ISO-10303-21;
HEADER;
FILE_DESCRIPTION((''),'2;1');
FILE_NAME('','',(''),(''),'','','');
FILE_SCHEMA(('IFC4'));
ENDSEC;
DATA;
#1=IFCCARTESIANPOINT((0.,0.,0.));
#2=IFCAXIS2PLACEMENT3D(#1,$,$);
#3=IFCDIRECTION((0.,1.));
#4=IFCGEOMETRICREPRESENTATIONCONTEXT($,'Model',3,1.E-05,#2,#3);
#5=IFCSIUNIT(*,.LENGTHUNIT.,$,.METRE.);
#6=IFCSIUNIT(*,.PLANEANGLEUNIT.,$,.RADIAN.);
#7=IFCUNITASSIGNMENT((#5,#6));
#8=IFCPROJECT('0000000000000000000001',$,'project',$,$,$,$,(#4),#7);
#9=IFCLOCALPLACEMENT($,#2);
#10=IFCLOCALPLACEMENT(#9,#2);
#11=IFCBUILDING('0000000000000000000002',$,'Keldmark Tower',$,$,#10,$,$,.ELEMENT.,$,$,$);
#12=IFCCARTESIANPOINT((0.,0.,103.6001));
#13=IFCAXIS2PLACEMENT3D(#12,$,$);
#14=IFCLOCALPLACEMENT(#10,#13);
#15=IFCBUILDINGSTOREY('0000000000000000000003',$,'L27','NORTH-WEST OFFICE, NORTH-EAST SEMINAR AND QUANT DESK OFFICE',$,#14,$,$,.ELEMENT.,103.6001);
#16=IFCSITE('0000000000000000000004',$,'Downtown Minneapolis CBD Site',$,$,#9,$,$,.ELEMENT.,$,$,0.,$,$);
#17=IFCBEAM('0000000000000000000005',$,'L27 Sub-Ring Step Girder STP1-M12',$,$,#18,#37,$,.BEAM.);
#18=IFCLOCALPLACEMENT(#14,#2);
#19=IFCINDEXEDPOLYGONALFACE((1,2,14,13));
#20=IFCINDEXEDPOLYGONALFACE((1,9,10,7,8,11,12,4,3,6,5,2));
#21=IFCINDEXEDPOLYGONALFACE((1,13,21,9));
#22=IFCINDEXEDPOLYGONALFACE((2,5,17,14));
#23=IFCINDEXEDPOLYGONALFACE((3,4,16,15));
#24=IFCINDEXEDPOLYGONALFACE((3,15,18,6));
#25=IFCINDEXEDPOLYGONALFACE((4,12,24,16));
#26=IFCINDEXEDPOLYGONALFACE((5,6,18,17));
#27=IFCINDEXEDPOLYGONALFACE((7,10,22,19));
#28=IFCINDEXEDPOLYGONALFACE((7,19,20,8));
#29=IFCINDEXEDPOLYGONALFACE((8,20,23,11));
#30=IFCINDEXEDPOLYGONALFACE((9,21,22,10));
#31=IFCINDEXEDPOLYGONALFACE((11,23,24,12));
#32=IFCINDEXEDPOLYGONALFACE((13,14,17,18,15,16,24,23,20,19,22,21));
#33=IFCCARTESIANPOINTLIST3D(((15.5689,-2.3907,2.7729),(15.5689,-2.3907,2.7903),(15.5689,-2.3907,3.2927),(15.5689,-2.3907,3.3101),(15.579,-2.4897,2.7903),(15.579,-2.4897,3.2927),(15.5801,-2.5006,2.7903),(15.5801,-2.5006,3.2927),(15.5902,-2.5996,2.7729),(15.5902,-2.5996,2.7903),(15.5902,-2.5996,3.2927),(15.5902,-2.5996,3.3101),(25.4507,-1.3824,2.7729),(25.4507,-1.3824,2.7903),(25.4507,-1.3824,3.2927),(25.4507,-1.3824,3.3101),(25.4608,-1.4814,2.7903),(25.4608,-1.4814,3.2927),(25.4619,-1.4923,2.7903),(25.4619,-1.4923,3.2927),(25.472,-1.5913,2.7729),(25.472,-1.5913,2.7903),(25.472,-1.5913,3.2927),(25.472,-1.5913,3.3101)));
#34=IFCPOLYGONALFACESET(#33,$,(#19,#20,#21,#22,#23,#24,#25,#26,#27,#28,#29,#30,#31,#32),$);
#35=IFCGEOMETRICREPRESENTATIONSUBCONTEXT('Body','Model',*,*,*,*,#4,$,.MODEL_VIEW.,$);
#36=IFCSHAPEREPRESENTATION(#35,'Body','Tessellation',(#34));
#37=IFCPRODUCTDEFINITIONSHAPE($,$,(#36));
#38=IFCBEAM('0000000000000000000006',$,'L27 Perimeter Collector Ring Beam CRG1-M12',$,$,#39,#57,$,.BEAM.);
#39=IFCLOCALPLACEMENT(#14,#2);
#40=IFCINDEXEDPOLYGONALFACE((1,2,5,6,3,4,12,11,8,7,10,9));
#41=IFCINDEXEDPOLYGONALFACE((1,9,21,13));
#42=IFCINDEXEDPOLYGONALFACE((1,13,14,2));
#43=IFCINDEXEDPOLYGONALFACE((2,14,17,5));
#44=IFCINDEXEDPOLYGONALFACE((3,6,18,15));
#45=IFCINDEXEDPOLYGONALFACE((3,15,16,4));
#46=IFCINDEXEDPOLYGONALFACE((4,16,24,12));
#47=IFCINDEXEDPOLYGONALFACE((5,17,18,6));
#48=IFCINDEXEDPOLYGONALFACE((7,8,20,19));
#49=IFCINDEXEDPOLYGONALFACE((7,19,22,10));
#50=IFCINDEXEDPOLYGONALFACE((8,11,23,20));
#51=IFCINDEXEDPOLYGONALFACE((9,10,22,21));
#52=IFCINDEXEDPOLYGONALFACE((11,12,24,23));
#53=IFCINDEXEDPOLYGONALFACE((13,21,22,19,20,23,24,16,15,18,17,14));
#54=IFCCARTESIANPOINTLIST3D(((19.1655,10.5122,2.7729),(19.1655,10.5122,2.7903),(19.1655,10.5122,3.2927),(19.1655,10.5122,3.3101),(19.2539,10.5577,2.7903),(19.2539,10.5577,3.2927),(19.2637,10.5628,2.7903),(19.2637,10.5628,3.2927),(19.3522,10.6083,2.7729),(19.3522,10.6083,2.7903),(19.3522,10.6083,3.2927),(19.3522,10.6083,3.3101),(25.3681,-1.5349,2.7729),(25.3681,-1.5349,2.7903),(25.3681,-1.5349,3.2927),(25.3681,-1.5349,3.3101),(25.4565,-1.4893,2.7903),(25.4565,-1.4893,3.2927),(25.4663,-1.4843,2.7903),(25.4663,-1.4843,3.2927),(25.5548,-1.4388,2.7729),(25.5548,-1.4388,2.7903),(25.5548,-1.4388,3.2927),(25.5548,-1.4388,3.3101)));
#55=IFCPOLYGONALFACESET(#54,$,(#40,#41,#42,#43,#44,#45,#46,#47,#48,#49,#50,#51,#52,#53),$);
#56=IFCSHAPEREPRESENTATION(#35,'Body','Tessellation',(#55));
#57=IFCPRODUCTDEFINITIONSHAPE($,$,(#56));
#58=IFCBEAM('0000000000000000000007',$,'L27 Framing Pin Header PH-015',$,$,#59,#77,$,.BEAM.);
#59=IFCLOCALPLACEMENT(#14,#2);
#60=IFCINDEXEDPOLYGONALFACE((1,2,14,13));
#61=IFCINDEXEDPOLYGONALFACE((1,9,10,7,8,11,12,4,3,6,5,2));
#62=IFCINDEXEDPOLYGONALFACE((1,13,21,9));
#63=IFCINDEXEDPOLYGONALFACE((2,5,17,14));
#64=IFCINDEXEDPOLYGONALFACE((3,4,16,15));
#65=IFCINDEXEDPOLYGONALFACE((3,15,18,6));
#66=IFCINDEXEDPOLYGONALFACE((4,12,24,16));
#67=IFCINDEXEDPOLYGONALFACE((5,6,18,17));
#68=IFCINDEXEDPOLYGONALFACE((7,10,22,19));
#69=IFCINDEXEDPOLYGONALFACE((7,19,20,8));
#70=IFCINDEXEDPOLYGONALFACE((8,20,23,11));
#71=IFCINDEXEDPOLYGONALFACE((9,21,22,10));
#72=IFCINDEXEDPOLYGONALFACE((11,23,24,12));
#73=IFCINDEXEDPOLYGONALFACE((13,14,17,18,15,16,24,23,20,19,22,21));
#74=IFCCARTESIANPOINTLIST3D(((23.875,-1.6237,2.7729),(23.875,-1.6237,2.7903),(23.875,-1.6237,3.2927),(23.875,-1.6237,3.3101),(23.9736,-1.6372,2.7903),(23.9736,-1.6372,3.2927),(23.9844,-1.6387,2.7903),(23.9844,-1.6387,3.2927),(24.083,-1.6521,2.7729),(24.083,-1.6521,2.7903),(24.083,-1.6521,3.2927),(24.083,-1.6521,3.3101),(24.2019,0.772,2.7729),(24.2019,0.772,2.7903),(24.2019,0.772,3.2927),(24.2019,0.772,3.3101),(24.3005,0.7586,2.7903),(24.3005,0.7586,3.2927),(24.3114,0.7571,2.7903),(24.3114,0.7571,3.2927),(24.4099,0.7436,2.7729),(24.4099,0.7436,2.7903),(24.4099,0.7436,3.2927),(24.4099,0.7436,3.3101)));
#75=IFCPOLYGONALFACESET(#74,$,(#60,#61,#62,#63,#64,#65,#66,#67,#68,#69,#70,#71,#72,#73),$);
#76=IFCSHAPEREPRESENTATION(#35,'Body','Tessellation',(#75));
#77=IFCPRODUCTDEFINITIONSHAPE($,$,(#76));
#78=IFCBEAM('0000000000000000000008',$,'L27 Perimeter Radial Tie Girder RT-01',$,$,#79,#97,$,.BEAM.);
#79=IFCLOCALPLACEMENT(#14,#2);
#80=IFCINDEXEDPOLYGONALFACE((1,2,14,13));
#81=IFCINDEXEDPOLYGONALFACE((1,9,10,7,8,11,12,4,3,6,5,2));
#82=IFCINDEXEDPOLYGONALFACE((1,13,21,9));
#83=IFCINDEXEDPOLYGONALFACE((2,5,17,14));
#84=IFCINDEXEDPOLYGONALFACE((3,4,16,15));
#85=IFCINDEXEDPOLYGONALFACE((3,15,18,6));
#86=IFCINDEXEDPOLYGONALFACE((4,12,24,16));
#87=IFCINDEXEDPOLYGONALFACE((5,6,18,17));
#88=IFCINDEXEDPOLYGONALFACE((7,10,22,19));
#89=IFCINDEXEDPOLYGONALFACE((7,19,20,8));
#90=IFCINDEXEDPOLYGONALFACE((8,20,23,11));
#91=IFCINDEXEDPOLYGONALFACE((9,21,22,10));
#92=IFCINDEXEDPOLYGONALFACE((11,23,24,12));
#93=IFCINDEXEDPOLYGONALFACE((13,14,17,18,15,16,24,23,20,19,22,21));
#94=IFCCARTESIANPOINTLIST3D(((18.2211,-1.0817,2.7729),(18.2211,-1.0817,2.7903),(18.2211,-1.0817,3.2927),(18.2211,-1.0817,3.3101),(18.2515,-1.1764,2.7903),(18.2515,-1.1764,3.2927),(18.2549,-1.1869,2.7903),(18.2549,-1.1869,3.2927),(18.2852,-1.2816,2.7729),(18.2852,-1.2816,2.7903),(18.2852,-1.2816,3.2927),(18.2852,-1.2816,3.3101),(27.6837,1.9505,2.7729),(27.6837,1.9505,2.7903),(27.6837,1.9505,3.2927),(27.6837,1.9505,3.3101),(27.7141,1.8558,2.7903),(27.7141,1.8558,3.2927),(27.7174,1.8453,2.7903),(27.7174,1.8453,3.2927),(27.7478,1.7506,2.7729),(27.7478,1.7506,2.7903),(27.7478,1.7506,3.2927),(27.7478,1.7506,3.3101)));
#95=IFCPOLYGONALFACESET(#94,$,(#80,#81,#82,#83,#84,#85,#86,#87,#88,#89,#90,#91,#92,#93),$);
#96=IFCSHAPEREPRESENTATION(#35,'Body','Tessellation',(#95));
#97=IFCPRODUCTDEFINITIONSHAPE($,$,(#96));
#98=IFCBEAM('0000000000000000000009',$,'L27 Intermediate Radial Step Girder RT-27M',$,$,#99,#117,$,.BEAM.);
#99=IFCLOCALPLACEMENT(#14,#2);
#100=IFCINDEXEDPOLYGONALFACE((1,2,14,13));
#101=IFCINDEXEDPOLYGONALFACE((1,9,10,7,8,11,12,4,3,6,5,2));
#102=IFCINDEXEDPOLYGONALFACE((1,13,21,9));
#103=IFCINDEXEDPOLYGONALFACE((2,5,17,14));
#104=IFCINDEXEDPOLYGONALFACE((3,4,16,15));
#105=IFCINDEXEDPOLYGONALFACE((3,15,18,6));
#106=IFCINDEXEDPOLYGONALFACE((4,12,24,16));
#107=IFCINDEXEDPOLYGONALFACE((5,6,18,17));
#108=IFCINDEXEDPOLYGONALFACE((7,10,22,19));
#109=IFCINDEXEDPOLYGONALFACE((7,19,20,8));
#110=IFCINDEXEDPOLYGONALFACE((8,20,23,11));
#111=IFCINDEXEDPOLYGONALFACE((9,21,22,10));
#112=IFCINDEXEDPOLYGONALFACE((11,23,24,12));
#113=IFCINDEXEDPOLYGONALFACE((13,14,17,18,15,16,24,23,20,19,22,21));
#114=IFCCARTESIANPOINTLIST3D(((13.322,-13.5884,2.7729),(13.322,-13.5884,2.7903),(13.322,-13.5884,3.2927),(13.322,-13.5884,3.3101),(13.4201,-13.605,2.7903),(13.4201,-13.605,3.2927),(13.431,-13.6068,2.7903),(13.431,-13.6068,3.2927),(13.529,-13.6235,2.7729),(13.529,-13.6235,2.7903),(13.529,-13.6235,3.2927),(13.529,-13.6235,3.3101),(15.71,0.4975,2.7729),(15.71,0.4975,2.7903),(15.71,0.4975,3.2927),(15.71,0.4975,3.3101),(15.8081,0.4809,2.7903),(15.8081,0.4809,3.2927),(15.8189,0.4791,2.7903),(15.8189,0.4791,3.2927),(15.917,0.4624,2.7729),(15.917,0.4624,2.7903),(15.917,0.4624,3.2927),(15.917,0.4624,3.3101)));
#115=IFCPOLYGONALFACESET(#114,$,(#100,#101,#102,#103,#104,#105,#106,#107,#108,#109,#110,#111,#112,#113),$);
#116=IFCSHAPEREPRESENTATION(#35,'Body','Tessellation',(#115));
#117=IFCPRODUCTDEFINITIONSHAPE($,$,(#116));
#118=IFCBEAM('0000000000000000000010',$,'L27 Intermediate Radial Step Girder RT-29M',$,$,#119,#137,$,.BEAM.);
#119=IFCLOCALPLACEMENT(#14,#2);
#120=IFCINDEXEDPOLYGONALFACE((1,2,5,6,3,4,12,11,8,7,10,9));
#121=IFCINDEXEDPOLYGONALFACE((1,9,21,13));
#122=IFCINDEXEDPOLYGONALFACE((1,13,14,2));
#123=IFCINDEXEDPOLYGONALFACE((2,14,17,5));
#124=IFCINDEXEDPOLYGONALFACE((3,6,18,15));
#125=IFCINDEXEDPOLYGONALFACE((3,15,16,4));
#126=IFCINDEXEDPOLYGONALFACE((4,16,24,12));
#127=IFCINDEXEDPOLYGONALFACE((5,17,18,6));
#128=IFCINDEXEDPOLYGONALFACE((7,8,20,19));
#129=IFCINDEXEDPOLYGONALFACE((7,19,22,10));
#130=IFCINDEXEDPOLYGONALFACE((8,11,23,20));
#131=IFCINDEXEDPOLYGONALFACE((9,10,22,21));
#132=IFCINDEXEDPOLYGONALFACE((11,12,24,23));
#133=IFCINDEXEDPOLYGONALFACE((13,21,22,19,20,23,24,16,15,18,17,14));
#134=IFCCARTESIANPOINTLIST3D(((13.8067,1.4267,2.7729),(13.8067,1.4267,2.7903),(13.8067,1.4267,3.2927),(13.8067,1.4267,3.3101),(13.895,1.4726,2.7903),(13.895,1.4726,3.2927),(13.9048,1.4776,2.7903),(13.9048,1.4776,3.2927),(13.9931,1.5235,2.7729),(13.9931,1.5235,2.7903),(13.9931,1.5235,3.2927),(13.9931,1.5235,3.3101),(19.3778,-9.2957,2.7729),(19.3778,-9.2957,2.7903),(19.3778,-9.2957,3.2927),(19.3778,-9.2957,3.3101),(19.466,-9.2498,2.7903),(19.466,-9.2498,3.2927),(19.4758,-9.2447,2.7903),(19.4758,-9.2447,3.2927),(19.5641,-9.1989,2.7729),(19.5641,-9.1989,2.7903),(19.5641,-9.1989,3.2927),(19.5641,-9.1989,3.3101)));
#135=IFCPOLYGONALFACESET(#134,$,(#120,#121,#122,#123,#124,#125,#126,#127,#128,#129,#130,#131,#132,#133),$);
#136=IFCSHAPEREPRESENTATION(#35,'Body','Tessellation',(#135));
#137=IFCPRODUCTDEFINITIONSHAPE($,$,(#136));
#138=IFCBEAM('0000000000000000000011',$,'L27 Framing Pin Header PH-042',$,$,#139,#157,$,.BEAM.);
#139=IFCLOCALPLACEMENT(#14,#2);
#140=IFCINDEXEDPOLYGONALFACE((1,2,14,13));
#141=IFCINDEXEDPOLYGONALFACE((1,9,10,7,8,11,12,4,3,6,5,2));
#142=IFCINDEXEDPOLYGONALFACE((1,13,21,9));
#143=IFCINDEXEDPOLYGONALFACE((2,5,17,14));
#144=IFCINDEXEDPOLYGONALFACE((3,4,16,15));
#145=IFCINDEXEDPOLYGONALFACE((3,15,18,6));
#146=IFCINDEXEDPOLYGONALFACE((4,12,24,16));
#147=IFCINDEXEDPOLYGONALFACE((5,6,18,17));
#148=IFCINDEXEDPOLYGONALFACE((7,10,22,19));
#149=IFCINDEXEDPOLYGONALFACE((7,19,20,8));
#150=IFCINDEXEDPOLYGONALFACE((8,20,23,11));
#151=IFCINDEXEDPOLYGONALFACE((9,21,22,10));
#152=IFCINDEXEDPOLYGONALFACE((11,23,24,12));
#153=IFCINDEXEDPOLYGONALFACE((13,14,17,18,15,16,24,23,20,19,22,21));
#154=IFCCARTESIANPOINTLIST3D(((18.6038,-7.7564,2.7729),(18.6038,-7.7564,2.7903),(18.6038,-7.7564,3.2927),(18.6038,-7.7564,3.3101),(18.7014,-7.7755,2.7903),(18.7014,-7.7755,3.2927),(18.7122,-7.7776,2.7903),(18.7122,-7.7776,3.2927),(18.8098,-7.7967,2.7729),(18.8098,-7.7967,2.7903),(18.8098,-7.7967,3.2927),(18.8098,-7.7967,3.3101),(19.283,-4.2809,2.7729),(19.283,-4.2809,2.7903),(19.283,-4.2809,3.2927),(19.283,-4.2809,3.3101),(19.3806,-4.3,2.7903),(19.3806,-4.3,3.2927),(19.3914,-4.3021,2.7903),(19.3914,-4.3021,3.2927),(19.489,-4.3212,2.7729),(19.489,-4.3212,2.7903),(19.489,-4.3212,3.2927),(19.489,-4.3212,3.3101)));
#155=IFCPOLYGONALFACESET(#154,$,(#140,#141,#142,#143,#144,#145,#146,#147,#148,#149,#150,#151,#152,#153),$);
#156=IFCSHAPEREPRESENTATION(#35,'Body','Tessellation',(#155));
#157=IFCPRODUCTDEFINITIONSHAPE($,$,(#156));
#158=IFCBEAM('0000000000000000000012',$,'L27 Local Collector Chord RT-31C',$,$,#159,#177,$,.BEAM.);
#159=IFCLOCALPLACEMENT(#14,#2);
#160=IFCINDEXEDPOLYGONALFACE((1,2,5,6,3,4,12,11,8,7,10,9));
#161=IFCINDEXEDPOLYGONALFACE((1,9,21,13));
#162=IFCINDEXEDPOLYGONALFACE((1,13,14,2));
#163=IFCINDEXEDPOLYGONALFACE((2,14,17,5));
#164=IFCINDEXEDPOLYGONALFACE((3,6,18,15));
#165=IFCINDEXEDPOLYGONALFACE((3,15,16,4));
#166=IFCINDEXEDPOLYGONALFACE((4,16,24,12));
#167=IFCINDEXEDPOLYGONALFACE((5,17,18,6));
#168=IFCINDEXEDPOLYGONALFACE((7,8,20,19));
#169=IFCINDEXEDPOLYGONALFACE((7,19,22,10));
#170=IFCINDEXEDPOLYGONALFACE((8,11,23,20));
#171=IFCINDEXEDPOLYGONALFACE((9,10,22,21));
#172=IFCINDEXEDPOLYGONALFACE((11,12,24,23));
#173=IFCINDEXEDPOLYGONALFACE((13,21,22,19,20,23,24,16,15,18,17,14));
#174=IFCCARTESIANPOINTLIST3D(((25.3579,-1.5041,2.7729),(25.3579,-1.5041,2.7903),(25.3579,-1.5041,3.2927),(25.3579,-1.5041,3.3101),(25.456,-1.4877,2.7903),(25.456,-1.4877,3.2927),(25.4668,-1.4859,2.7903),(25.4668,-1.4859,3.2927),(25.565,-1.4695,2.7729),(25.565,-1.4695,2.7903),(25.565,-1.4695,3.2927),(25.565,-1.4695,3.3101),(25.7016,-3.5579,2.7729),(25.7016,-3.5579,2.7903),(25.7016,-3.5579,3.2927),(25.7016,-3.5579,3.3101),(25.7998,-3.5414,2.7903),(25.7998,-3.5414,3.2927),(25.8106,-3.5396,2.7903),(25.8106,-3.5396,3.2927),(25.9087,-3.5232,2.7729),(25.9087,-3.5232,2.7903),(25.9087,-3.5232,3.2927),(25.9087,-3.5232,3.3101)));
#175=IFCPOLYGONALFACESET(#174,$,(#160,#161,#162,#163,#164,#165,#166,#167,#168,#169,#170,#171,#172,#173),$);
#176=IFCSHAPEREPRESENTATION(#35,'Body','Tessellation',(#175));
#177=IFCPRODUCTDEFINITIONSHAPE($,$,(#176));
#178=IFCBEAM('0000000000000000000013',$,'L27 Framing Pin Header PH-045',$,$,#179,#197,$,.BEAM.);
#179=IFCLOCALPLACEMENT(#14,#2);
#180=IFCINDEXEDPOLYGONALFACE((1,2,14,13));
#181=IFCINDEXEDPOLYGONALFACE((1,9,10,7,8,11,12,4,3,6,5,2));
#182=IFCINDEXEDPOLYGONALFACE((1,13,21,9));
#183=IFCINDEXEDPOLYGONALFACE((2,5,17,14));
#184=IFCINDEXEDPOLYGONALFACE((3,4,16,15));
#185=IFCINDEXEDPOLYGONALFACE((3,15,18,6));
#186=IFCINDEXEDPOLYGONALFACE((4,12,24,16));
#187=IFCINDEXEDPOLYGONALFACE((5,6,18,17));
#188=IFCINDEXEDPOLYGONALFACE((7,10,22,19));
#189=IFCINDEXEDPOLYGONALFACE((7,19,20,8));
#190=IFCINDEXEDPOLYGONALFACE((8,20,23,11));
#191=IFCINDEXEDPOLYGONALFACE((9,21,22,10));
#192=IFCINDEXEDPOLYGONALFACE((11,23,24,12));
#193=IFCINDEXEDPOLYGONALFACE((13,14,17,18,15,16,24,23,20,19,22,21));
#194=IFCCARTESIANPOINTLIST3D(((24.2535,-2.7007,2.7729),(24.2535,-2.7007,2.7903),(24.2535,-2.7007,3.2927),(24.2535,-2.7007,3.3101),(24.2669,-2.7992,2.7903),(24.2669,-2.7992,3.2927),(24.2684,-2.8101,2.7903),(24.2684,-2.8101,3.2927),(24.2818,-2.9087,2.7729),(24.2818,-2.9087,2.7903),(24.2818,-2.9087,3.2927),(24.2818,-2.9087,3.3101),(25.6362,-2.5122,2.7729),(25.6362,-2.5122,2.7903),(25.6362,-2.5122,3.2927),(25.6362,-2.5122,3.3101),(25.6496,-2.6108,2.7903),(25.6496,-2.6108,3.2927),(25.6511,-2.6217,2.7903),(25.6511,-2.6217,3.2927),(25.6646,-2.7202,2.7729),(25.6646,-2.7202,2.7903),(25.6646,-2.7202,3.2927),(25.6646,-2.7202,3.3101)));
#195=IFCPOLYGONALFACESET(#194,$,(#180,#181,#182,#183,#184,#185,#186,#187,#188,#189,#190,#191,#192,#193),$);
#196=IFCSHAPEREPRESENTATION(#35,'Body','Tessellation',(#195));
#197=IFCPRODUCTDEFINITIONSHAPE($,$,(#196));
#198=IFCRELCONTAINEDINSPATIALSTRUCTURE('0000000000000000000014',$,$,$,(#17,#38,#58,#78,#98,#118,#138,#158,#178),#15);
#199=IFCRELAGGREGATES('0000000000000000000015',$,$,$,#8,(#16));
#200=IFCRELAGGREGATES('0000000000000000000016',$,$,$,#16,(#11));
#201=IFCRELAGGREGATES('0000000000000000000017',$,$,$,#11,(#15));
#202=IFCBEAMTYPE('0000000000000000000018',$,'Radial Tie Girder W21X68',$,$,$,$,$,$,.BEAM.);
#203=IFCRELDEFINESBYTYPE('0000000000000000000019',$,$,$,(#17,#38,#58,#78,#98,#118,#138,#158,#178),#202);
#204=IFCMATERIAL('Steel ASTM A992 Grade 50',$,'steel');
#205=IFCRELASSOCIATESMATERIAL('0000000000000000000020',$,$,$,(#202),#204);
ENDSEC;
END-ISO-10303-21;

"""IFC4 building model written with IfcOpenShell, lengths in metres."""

from ifc_helpers import new_model, si_unit, direction, frame, origin, origin_2d, place, context, subcontext, project, spatial, i_section, extrude, material, material_profile, profile_set, type_object, element, save


model = new_model("IFC4")

# Units and contexts
model_context = context("Model", 3, precision=1e-05, world=origin(), true_north=direction((0.0, 1.0)))
body_context = subcontext(model_context, "Body", "Model", "MODEL_VIEW")
ifc_project = project(units=[si_unit("LENGTHUNIT", "METRE"), si_unit("PLANEANGLEUNIT", "RADIAN")], contexts=[model_context])

# Site, building, storey
site_placement = place(None, origin())
site = spatial("IfcSite", under=ifc_project, at=site_placement, Name="Downtown Minneapolis CBD Site", CompositionType="ELEMENT", RefElevation=0.0)
building_placement = place(site_placement, origin())
building = spatial("IfcBuilding", under=site, at=building_placement, Name="Keldmark Tower", CompositionType="ELEMENT")
storey_placement = place(building_placement, frame((0.0, 0.0, 103.6001)))
storey = spatial("IfcBuildingStorey", under=building, at=storey_placement, Name="L27", Description="NORTH-WEST OFFICE, NORTH-EAST SEMINAR AND QUANT DESK OFFICE", CompositionType="ELEMENT", Elevation=103.6001)

# Beams
ifc_material_1 = material(Name="Steel ASTM A992 Grade 50", Category="steel")
ifc_material_profile_1 = material_profile(ifc_material_1, i_section(OverallWidth=0.21, OverallDepth=0.5371, WebThickness=0.011, FlangeThickness=0.0173, at=origin_2d()), Name="W21X68")
ifc_profile_set_1 = profile_set([ifc_material_profile_1], Name="Steel ASTM A992 Grade 50")
beam_type_1 = type_object("IfcBeamType", Name="Radial Tie Girder W21X68", PredefinedType="BEAM", material=ifc_profile_set_1)
beam_1_placement = place(storey_placement, frame((15.5796, -2.4951, 3.0415), z_axis=(0.994835, 0.101509, 0.0), x_axis=(-0.101509, 0.994835, 0.0)))
element("IfcBeam", 1, at=beam_1_placement, inside=storey, type_object=beam_type_1, Name="L27 Sub-Ring Step Girder STP1-M12", PredefinedType="BEAM", context=body_context, shape_type="SweptSolid", body=[
    extrude(i_section(OverallWidth=0.21, OverallDepth=0.5371, WebThickness=0.011, FlangeThickness=0.0173, at=origin_2d()), origin(), (0.0, 0.0, 1.0), 9.9331),
])
beam_2_placement = place(storey_placement, frame((25.4614, -1.4868, 3.0415), z_axis=(-0.457755, 0.889078, 0.0), x_axis=(-0.889078, -0.457755, 0.0)))
element("IfcBeam", 2, at=beam_2_placement, inside=storey, type_object=beam_type_1, Name="L27 Perimeter Collector Ring Beam CRG1-M12", PredefinedType="BEAM", context=body_context, shape_type="SweptSolid", body=[
    extrude(i_section(OverallWidth=0.21, OverallDepth=0.5371, WebThickness=0.011, FlangeThickness=0.0173, at=origin_2d()), origin(), (0.0, 0.0, 1.0), 13.55),
])
beam_3_placement = place(storey_placement, frame((23.979, -1.6379, 3.0415), z_axis=(0.135199, 0.990818, 0.0), x_axis=(-0.990818, 0.135199, 0.0)))
element("IfcBeam", 3, at=beam_3_placement, inside=storey, type_object=beam_type_1, Name="L27 Framing Pin Header PH-015", PredefinedType="BEAM", context=body_context, shape_type="SweptSolid", body=[
    extrude(i_section(OverallWidth=0.21, OverallDepth=0.5371, WebThickness=0.011, FlangeThickness=0.0173, at=origin_2d()), origin(), (0.0, 0.0, 1.0), 2.418),
])
beam_4_placement = place(storey_placement, frame((18.2532, -1.1816, 3.0415), z_axis=(0.952302, 0.305157, 0.0), x_axis=(-0.305157, 0.952302, 0.0)))
element("IfcBeam", 4, at=beam_4_placement, inside=storey, type_object=beam_type_1, Name="L27 Perimeter Radial Tie Girder RT-01", PredefinedType="BEAM", context=body_context, shape_type="SweptSolid", body=[
    extrude(i_section(OverallWidth=0.21, OverallDepth=0.5371, WebThickness=0.011, FlangeThickness=0.0173, at=origin_2d()), origin(), (0.0, 0.0, 1.0), 9.9365),
])
beam_5_placement = place(storey_placement, frame((15.8135, 0.48, 3.0415), z_axis=(-0.167142, -0.985933, 0.0), x_axis=(0.985933, -0.167142, 0.0)))
element("IfcBeam", 5, at=beam_5_placement, inside=storey, type_object=beam_type_1, Name="L27 Intermediate Radial Step Girder RT-27M", PredefinedType="BEAM", context=body_context, shape_type="SweptSolid", body=[
    extrude(i_section(OverallWidth=0.21, OverallDepth=0.5371, WebThickness=0.011, FlangeThickness=0.0173, at=origin_2d()), origin(), (0.0, 0.0, 1.0), 14.2869),
])
beam_6_placement = place(storey_placement, frame((13.8999, 1.4751, 3.0415), z_axis=(0.461052, -0.887373, 0.0), x_axis=(0.887373, 0.461052, 0.0)))
element("IfcBeam", 6, at=beam_6_placement, inside=storey, type_object=beam_type_1, Name="L27 Intermediate Radial Step Girder RT-29M", PredefinedType="BEAM", context=body_context, shape_type="SweptSolid", body=[
    extrude(i_section(OverallWidth=0.21, OverallDepth=0.5371, WebThickness=0.011, FlangeThickness=0.0173, at=origin_2d()), origin(), (0.0, 0.0, 1.0), 12.0833),
])
beam_7_placement = place(storey_placement, frame((19.386, -4.301, 3.0415), z_axis=(-0.191792, -0.981436, 0.0), x_axis=(0.981436, -0.191792, 0.0)))
element("IfcBeam", 7, at=beam_7_placement, inside=storey, type_object=beam_type_1, Name="L27 Framing Pin Header PH-042", PredefinedType="BEAM", context=body_context, shape_type="SweptSolid", body=[
    extrude(i_section(OverallWidth=0.21, OverallDepth=0.5371, WebThickness=0.011, FlangeThickness=0.0173, at=origin_2d()), origin(), (0.0, 0.0, 1.0), 3.5413),
])
beam_8_placement = place(storey_placement, frame((25.4614, -1.4868, 3.0415), z_axis=(0.165083, -0.98628, 0.0), x_axis=(0.98628, 0.165083, 0.0)))
element("IfcBeam", 8, at=beam_8_placement, inside=storey, type_object=beam_type_1, Name="L27 Local Collector Chord RT-31C", PredefinedType="BEAM", context=body_context, shape_type="SweptSolid", body=[
    extrude(i_section(OverallWidth=0.21, OverallDepth=0.5371, WebThickness=0.011, FlangeThickness=0.0173, at=origin_2d()), origin(), (0.0, 0.0, 1.0), 2.0823),
])
beam_9_placement = place(storey_placement, frame((25.6504, -2.6162, 3.0415), z_axis=(-0.990839, -0.135051, 0.0), x_axis=(0.135051, -0.990839, 0.0)))
element("IfcBeam", 9, at=beam_9_placement, inside=storey, type_object=beam_type_1, Name="L27 Framing Pin Header PH-045", PredefinedType="BEAM", context=body_context, shape_type="SweptSolid", body=[
    extrude(i_section(OverallWidth=0.21, OverallDepth=0.5371, WebThickness=0.011, FlangeThickness=0.0173, at=origin_2d()), origin(), (0.0, 0.0, 1.0), 1.3955),
])

save(model, "model.ifc")
